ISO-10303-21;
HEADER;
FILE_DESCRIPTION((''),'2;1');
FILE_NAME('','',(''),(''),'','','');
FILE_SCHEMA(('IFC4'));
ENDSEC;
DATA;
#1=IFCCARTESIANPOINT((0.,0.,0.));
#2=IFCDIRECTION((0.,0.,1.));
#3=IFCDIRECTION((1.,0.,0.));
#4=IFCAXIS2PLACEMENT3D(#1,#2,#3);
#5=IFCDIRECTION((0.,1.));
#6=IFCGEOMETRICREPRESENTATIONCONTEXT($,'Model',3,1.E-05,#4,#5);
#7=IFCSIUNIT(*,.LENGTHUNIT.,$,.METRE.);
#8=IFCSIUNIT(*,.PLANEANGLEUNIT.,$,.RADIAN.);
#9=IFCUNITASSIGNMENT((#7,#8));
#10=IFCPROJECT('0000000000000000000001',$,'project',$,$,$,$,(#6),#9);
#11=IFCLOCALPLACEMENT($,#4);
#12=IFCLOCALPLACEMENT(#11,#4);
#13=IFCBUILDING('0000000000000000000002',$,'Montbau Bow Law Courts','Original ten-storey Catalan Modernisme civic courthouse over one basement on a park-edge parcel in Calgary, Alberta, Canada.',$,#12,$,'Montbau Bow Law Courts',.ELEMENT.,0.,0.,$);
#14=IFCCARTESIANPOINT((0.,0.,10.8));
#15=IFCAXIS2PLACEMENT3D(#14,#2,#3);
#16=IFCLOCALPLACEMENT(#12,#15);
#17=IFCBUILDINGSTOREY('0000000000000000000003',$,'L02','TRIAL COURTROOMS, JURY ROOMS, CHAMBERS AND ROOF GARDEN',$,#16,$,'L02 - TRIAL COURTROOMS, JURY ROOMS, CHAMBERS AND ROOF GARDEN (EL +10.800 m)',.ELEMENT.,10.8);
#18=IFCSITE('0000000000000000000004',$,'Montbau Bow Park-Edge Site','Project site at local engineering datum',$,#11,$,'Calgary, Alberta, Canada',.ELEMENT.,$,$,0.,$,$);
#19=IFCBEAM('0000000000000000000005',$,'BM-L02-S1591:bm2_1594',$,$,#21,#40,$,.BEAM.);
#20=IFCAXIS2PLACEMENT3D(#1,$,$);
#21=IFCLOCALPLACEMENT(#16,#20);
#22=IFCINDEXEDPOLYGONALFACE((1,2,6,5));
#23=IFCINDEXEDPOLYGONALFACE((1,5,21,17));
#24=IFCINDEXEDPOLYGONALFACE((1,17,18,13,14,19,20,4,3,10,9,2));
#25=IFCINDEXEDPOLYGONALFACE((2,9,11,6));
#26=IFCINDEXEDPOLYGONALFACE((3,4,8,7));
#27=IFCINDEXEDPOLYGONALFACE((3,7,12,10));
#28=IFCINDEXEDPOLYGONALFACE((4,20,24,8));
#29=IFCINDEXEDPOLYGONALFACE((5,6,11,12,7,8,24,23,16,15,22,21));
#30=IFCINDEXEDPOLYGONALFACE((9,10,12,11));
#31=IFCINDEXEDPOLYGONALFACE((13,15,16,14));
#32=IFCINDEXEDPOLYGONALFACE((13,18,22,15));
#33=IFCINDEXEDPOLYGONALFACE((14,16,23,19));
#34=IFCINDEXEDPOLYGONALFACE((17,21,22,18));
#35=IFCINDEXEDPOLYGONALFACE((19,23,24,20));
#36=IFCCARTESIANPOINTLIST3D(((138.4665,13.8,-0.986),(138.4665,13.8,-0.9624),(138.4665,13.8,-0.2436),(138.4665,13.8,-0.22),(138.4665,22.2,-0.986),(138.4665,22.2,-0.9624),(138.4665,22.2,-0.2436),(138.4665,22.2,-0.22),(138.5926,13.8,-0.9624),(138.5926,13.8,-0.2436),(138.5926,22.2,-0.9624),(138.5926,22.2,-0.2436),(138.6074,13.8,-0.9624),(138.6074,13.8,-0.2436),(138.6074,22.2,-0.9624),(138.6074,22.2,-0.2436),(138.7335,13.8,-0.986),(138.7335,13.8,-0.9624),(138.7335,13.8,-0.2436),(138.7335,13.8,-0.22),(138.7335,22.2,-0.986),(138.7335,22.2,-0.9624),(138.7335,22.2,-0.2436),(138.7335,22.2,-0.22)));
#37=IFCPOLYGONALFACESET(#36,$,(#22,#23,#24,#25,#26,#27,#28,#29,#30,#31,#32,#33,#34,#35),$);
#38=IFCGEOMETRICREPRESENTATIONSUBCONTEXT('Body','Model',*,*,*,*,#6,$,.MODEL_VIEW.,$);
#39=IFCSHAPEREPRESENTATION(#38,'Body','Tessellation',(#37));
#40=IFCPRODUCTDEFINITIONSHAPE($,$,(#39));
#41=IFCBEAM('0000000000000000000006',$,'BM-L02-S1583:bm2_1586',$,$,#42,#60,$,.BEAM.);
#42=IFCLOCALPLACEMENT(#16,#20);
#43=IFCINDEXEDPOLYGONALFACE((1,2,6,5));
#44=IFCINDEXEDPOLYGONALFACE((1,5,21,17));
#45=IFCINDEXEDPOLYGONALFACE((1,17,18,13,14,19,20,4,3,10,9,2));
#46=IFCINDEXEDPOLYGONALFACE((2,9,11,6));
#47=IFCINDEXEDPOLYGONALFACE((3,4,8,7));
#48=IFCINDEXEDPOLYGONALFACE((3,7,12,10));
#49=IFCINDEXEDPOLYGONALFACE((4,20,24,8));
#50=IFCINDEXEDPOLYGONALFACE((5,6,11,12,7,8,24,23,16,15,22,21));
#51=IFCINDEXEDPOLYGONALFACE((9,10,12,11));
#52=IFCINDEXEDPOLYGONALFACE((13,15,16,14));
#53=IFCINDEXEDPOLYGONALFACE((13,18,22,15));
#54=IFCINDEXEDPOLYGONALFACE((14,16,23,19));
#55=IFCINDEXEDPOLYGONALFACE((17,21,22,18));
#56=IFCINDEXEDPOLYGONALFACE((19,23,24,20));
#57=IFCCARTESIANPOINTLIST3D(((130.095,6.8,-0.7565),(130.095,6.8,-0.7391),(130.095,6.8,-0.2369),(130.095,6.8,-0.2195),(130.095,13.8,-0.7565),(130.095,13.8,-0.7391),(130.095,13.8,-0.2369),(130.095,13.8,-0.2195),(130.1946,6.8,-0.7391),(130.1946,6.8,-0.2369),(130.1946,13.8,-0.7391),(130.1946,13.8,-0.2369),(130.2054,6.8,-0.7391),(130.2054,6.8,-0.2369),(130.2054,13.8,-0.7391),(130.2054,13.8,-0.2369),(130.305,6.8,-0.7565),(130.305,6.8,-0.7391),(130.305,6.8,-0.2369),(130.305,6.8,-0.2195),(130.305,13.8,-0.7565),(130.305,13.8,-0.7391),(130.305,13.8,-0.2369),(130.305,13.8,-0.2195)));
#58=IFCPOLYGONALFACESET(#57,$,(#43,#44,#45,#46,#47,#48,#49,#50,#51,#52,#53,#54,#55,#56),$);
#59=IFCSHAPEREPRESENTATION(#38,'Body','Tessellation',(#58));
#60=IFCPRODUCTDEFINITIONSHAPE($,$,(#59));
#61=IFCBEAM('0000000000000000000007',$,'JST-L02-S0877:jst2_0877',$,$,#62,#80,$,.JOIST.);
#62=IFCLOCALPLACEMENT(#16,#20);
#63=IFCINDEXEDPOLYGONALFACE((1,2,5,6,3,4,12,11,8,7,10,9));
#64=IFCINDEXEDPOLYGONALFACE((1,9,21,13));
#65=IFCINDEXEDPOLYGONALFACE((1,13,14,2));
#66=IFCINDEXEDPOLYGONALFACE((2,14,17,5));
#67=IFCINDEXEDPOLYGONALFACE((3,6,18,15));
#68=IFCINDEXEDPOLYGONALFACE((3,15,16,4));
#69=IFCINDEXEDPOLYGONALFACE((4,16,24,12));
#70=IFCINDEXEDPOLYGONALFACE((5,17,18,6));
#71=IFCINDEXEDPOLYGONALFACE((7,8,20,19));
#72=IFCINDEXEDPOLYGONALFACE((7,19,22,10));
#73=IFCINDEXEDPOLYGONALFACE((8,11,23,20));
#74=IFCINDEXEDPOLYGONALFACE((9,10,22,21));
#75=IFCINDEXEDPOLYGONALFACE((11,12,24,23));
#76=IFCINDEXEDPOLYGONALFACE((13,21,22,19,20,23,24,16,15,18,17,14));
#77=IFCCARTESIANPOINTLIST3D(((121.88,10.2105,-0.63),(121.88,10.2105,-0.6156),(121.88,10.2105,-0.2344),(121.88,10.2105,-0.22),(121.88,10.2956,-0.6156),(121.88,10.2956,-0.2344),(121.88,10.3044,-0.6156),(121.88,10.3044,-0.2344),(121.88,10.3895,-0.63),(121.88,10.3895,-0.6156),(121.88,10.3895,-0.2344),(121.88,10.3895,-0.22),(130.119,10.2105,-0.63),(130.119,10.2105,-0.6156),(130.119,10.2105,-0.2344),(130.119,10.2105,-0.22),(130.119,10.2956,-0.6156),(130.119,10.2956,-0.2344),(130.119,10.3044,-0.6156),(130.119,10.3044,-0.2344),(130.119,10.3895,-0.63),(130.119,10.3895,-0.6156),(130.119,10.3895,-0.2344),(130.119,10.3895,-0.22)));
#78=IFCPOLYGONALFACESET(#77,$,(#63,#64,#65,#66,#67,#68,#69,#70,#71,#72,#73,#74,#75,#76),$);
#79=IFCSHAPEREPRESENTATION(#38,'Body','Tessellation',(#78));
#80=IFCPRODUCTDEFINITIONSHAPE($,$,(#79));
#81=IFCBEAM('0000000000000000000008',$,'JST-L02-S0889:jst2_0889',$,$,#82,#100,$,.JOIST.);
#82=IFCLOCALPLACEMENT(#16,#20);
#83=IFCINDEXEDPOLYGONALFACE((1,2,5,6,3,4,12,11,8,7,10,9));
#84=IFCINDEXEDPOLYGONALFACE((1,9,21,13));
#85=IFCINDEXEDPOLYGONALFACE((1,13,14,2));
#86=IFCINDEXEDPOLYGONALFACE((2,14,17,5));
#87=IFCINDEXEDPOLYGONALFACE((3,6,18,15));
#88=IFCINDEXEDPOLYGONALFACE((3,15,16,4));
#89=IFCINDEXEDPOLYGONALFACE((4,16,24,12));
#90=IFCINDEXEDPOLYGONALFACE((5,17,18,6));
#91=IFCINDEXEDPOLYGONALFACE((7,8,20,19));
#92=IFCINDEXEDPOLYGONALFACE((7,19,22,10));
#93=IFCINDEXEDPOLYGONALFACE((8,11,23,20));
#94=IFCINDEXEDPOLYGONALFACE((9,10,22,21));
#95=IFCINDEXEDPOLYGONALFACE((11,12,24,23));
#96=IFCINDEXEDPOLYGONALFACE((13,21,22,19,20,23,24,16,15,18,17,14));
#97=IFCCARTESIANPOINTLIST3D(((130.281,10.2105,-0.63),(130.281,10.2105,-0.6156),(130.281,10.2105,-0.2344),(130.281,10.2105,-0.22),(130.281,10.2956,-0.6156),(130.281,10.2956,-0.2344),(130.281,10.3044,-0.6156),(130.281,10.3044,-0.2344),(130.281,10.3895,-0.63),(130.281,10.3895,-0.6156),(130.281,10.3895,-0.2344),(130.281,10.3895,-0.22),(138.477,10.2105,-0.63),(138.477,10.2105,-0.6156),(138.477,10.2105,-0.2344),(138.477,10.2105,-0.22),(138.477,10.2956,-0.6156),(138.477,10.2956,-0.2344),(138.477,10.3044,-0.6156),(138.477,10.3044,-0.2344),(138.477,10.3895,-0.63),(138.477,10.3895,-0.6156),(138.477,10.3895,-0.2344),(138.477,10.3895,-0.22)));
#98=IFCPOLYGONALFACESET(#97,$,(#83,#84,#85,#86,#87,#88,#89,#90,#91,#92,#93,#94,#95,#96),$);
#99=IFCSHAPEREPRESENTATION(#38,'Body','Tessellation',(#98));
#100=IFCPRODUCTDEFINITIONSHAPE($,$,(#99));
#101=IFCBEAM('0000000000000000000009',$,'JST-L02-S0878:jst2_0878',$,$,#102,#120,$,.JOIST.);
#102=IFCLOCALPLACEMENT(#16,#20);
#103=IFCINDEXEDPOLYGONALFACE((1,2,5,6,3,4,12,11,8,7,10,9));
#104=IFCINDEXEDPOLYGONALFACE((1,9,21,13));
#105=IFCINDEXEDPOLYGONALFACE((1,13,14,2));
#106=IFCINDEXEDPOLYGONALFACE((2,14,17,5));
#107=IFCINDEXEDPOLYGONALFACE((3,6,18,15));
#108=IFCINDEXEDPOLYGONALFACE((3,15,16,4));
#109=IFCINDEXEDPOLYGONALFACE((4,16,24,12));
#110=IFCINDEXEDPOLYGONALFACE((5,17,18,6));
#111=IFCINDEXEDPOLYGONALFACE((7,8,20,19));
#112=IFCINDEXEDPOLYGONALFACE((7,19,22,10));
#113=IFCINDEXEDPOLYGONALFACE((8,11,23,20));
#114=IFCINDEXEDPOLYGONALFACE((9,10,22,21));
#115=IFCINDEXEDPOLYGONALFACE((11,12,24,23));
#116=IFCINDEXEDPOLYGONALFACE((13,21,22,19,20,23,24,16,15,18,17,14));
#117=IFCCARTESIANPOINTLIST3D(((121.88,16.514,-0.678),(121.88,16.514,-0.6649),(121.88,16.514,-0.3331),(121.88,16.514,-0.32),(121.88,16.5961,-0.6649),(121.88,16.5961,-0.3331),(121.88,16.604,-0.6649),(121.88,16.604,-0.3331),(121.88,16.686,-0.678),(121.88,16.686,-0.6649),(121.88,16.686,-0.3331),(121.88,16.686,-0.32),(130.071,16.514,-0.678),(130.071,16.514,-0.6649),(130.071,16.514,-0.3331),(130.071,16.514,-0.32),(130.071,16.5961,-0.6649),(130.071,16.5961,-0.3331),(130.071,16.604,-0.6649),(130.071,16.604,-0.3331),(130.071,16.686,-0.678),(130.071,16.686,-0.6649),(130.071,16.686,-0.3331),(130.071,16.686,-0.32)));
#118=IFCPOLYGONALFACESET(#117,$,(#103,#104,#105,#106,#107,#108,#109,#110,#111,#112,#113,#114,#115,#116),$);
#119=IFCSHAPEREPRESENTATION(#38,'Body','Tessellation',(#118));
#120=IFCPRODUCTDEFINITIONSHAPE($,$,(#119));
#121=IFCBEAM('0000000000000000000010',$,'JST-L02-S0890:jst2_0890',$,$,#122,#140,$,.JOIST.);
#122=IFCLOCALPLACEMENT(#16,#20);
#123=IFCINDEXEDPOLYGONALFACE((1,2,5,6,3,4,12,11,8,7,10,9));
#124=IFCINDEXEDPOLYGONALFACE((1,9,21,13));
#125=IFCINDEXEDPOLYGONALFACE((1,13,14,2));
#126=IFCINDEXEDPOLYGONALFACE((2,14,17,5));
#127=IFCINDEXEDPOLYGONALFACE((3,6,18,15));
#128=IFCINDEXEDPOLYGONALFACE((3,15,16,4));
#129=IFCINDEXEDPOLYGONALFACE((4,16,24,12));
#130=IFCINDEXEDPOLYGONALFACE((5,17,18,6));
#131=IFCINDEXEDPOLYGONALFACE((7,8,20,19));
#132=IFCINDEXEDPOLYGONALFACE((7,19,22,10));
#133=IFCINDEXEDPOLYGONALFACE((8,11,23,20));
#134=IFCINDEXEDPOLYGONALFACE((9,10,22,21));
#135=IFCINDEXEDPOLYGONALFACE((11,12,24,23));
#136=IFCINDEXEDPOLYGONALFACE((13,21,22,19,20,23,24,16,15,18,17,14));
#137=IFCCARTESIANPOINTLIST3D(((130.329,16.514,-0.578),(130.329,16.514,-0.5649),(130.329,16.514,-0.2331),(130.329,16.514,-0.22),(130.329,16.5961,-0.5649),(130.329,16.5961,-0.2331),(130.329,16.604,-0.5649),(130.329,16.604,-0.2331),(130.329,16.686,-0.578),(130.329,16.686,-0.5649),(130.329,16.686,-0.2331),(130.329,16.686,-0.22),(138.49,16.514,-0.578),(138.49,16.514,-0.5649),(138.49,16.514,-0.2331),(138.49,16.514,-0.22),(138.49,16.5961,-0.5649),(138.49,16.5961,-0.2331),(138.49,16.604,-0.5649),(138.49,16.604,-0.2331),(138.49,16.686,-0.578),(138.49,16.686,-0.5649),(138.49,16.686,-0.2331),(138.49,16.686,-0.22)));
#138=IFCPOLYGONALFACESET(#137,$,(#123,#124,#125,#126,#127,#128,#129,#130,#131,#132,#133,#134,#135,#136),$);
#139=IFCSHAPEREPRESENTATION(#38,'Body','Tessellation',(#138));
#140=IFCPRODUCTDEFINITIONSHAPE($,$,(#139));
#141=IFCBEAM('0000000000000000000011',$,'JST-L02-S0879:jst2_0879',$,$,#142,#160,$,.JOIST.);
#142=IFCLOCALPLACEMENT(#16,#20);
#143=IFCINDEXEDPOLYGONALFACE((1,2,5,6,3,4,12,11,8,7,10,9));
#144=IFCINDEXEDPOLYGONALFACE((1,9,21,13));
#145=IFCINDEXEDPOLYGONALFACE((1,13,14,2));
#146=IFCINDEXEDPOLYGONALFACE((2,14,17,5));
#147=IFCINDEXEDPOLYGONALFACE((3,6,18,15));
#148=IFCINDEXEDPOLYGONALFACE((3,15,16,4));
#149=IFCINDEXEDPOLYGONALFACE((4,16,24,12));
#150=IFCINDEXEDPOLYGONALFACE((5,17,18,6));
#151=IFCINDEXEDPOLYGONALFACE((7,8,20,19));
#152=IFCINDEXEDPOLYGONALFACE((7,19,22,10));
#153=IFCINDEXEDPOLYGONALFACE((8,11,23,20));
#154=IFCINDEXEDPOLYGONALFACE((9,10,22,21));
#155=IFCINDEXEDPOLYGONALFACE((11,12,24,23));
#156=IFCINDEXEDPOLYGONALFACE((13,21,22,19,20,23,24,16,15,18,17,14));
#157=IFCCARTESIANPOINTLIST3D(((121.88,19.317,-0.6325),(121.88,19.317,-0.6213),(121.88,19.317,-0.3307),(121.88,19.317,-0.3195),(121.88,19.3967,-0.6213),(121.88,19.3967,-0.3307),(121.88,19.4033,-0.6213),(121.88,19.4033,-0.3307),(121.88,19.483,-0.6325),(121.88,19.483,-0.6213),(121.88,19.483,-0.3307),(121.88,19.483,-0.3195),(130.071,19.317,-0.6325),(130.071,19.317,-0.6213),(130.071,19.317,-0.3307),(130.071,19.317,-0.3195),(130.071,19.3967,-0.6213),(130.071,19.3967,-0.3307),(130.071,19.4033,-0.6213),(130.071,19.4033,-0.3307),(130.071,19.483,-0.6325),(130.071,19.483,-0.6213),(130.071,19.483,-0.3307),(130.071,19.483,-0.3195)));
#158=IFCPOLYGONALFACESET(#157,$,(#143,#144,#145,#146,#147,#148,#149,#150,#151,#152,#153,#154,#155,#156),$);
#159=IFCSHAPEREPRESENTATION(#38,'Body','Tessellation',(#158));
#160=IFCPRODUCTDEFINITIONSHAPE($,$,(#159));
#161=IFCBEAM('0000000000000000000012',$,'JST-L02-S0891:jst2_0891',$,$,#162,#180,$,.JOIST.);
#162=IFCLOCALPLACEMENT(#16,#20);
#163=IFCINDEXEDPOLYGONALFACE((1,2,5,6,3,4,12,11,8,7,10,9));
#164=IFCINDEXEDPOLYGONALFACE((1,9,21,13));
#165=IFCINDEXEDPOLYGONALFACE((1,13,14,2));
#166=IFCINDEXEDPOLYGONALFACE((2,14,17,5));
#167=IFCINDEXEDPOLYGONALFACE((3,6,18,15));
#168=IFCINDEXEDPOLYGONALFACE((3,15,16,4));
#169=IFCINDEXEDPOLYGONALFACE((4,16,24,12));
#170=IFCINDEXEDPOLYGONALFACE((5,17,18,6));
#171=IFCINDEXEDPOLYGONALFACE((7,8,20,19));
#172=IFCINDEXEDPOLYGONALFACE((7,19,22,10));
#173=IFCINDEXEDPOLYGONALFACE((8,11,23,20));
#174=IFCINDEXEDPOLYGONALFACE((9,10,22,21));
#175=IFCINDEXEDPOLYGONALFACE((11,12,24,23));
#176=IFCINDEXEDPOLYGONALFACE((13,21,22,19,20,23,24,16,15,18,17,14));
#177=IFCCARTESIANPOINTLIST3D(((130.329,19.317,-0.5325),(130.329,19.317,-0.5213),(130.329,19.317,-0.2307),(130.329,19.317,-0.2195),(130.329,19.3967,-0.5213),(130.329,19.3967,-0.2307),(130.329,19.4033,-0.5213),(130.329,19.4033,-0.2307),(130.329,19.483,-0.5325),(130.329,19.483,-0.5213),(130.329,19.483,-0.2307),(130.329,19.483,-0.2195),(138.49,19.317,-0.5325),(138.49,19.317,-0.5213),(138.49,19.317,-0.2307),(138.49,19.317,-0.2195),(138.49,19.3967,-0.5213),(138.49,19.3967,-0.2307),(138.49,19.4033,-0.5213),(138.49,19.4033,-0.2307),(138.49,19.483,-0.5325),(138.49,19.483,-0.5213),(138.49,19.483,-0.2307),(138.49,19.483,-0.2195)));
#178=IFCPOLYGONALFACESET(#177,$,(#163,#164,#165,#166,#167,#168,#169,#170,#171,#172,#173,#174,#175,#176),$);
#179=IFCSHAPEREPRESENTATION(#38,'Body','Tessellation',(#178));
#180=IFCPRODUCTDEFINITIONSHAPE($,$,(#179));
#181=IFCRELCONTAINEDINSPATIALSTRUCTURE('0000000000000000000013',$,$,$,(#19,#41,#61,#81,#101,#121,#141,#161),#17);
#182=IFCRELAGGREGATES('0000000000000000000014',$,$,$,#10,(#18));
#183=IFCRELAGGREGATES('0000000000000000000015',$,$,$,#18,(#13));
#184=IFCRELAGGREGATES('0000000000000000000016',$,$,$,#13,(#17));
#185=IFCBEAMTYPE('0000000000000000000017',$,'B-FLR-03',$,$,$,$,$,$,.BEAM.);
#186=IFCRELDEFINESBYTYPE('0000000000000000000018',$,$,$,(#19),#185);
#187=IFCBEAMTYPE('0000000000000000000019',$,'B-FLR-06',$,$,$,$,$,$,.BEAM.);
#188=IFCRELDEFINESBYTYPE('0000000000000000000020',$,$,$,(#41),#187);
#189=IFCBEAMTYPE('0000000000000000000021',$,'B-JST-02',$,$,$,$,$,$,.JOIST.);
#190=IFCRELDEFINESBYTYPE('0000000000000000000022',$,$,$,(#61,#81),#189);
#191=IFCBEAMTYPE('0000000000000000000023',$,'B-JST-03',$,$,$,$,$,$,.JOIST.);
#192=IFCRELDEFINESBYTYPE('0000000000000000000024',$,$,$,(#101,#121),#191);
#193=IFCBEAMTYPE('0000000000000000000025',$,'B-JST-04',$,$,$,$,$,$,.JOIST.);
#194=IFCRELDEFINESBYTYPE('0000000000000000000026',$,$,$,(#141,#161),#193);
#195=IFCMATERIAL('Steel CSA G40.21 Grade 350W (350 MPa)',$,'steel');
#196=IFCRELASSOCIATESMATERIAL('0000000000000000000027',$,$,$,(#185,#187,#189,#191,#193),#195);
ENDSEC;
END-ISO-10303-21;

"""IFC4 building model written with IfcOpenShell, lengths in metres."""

from ifc_helpers import new_model, si_unit, direction, frame, origin_with_axes, origin_2d_with_axis, place, context, subcontext, project, spatial, i_section, extrude, material, material_profile, profile_set, type_object, element, save


model = new_model("IFC4")

# Units and contexts
model_context = context("Model", 3, precision=1e-05, world=origin_with_axes(), true_north=direction((0.0, 1.0)))
body_context = subcontext(model_context, "Body", "Model", "MODEL_VIEW")
ifc_project = project(units=[si_unit("LENGTHUNIT", "METRE"), si_unit("PLANEANGLEUNIT", "RADIAN")], contexts=[model_context])

# Site, building, storey
site_placement = place(None, origin_with_axes())
site = spatial("IfcSite", under=ifc_project, at=site_placement, Name="Montbau Bow Park-Edge Site", Description="Project site at local engineering datum", LongName="Calgary, Alberta, Canada", CompositionType="ELEMENT", RefElevation=0.0)
building_placement = place(site_placement, origin_with_axes())
building = spatial("IfcBuilding", under=site, at=building_placement, Name="Montbau Bow Law Courts", Description="Original ten-storey Catalan Modernisme civic courthouse over one basement on a park-edge parcel in Calgary, Alberta, Canada.", LongName="Montbau Bow Law Courts", CompositionType="ELEMENT", ElevationOfRefHeight=0.0, ElevationOfTerrain=0.0)
storey_placement = place(building_placement, frame((0.0, 0.0, 10.8), z_axis=(0.0, 0.0, 1.0), x_axis=(1.0, 0.0, 0.0)))
storey = spatial("IfcBuildingStorey", under=building, at=storey_placement, Name="L02", Description="TRIAL COURTROOMS, JURY ROOMS, CHAMBERS AND ROOF GARDEN", LongName="L02 - TRIAL COURTROOMS, JURY ROOMS, CHAMBERS AND ROOF GARDEN (EL +10.800 m)", CompositionType="ELEMENT", Elevation=10.8)

# Shared definitions
ifc_material_1 = material(Name="Steel CSA G40.21 Grade 350W (350 MPa)", Category="steel")

# Beams
ifc_material_profile_1 = material_profile(ifc_material_1, i_section(OverallWidth=0.267, OverallDepth=0.766, WebThickness=0.0149, FlangeThickness=0.0236, at=origin_2d_with_axis()), Name="W760X185", Category="Main", Priority=0)
ifc_profile_set_1 = profile_set([ifc_material_profile_1], Name="Steel CSA G40.21 Grade 350W (350 MPa)")
beam_type_1 = type_object("IfcBeamType", Name="B-FLR-03", PredefinedType="BEAM", material=ifc_profile_set_1)
for number, where, z_axis, x_axis, name in (
    (1, (138.6, 13.8, 10.197), (0.0, 1.0, 0.0), (-1.0, 0.0, 0.0), "BM-L02-S1591:bm2_1594"),
):
    element("IfcBeam", number, at=place(None, frame(where, z_axis=z_axis, x_axis=x_axis)), inside=storey, type_object=beam_type_1, Name=name, PredefinedType="BEAM", context=body_context, shape_type="SweptSolid", body=[
        extrude(i_section(OverallWidth=0.267, OverallDepth=0.766, WebThickness=0.0149, FlangeThickness=0.0236, at=origin_2d_with_axis()), origin_with_axes(), (0.0, 0.0, 1.0), 8.4),
    ])
ifc_material_profile_2 = material_profile(ifc_material_1, i_section(OverallWidth=0.21, OverallDepth=0.537, WebThickness=0.0109, FlangeThickness=0.0174, at=origin_2d_with_axis()), Name="W530X101", Category="Main", Priority=0)
ifc_profile_set_2 = profile_set([ifc_material_profile_2], Name="Steel CSA G40.21 Grade 350W (350 MPa)")
beam_type_2 = type_object("IfcBeamType", Name="B-FLR-06", PredefinedType="BEAM", material=ifc_profile_set_2)
beam_1_placement = place(None, frame((130.2, 6.8, 10.312), z_axis=(0.0, 1.0, 0.0), x_axis=(-1.0, 0.0, 0.0)))
element("IfcBeam", 2, at=beam_1_placement, inside=storey, type_object=beam_type_2, Name="BM-L02-S1583:bm2_1586", PredefinedType="BEAM", context=body_context, shape_type="SweptSolid", body=[
    extrude(i_section(OverallWidth=0.21, OverallDepth=0.537, WebThickness=0.0109, FlangeThickness=0.0174, at=origin_2d_with_axis()), origin_with_axes(), (0.0, 0.0, 1.0), 7.0),
])
ifc_material_profile_3 = material_profile(ifc_material_1, i_section(OverallWidth=0.179, OverallDepth=0.41, WebThickness=0.0088, FlangeThickness=0.0144, at=origin_2d_with_axis()), Name="W410X67", Category="Main", Priority=0)
ifc_profile_set_3 = profile_set([ifc_material_profile_3], Name="Steel CSA G40.21 Grade 350W (350 MPa)")
beam_type_3 = type_object("IfcBeamType", Name="B-JST-02", PredefinedType="JOIST", material=ifc_profile_set_3)
beam_2_placement = place(None, frame((121.88, 10.3, 10.375), z_axis=(1.0, 0.0, 0.0), x_axis=(0.0, 1.0, 0.0)))
element("IfcBeam", 3, at=beam_2_placement, inside=storey, type_object=beam_type_3, Name="JST-L02-S0877:jst2_0877", PredefinedType="JOIST", context=body_context, shape_type="SweptSolid", body=[
    extrude(i_section(OverallWidth=0.179, OverallDepth=0.41, WebThickness=0.0088, FlangeThickness=0.0144, at=origin_2d_with_axis()), origin_with_axes(), (0.0, 0.0, 1.0), 8.239),
])
beam_3_placement = place(None, frame((130.281, 10.3, 10.375), z_axis=(1.0, 0.0, 0.0), x_axis=(0.0, 1.0, 0.0)))
element("IfcBeam", 4, at=beam_3_placement, inside=storey, type_object=beam_type_3, Name="JST-L02-S0889:jst2_0889", PredefinedType="JOIST", context=body_context, shape_type="SweptSolid", body=[
    extrude(i_section(OverallWidth=0.179, OverallDepth=0.41, WebThickness=0.0088, FlangeThickness=0.0144, at=origin_2d_with_axis()), origin_with_axes(), (0.0, 0.0, 1.0), 8.196),
])
ifc_material_profile_4 = material_profile(ifc_material_1, i_section(OverallWidth=0.172, OverallDepth=0.358, WebThickness=0.0079, FlangeThickness=0.0131, at=origin_2d_with_axis()), Name="W360X57", Category="Main", Priority=0)
ifc_profile_set_4 = profile_set([ifc_material_profile_4], Name="Steel CSA G40.21 Grade 350W (350 MPa)")
beam_type_4 = type_object("IfcBeamType", Name="B-JST-03", PredefinedType="JOIST", material=ifc_profile_set_4)
beam_4_placement = place(None, frame((121.88, 16.6, 10.301), z_axis=(1.0, 0.0, 0.0), x_axis=(0.0, 1.0, 0.0)))
element("IfcBeam", 5, at=beam_4_placement, inside=storey, type_object=beam_type_4, Name="JST-L02-S0878:jst2_0878", PredefinedType="JOIST", context=body_context, shape_type="SweptSolid", body=[
    extrude(i_section(OverallWidth=0.172, OverallDepth=0.358, WebThickness=0.0079, FlangeThickness=0.0131, at=origin_2d_with_axis()), origin_with_axes(), (0.0, 0.0, 1.0), 8.191),
])
beam_5_placement = place(None, frame((130.329, 16.6, 10.401), z_axis=(1.0, 0.0, 0.0), x_axis=(0.0, 1.0, 0.0)))
element("IfcBeam", 6, at=beam_5_placement, inside=storey, type_object=beam_type_4, Name="JST-L02-S0890:jst2_0890", PredefinedType="JOIST", context=body_context, shape_type="SweptSolid", body=[
    extrude(i_section(OverallWidth=0.172, OverallDepth=0.358, WebThickness=0.0079, FlangeThickness=0.0131, at=origin_2d_with_axis()), origin_with_axes(), (0.0, 0.0, 1.0), 8.161),
])
ifc_material_profile_5 = material_profile(ifc_material_1, i_section(OverallWidth=0.166, OverallDepth=0.313, WebThickness=0.0066, FlangeThickness=0.0112, at=origin_2d_with_axis()), Name="W310X45", Category="Main", Priority=0)
ifc_profile_set_5 = profile_set([ifc_material_profile_5], Name="Steel CSA G40.21 Grade 350W (350 MPa)")
beam_type_5 = type_object("IfcBeamType", Name="B-JST-04", PredefinedType="JOIST", material=ifc_profile_set_5)
beam_6_placement = place(None, frame((121.88, 19.4, 10.324), z_axis=(1.0, 0.0, 0.0), x_axis=(0.0, 1.0, 0.0)))
element("IfcBeam", 7, at=beam_6_placement, inside=storey, type_object=beam_type_5, Name="JST-L02-S0879:jst2_0879", PredefinedType="JOIST", context=body_context, shape_type="SweptSolid", body=[
    extrude(i_section(OverallWidth=0.166, OverallDepth=0.313, WebThickness=0.0066, FlangeThickness=0.0112, at=origin_2d_with_axis()), origin_with_axes(), (0.0, 0.0, 1.0), 8.191),
])
beam_7_placement = place(None, frame((130.329, 19.4, 10.424), z_axis=(1.0, 0.0, 0.0), x_axis=(0.0, 1.0, 0.0)))
element("IfcBeam", 8, at=beam_7_placement, inside=storey, type_object=beam_type_5, Name="JST-L02-S0891:jst2_0891", PredefinedType="JOIST", context=body_context, shape_type="SweptSolid", body=[
    extrude(i_section(OverallWidth=0.166, OverallDepth=0.313, WebThickness=0.0066, FlangeThickness=0.0112, at=origin_2d_with_axis()), origin_with_axes(), (0.0, 0.0, 1.0), 8.161),
])

save(model, "model.ifc")
